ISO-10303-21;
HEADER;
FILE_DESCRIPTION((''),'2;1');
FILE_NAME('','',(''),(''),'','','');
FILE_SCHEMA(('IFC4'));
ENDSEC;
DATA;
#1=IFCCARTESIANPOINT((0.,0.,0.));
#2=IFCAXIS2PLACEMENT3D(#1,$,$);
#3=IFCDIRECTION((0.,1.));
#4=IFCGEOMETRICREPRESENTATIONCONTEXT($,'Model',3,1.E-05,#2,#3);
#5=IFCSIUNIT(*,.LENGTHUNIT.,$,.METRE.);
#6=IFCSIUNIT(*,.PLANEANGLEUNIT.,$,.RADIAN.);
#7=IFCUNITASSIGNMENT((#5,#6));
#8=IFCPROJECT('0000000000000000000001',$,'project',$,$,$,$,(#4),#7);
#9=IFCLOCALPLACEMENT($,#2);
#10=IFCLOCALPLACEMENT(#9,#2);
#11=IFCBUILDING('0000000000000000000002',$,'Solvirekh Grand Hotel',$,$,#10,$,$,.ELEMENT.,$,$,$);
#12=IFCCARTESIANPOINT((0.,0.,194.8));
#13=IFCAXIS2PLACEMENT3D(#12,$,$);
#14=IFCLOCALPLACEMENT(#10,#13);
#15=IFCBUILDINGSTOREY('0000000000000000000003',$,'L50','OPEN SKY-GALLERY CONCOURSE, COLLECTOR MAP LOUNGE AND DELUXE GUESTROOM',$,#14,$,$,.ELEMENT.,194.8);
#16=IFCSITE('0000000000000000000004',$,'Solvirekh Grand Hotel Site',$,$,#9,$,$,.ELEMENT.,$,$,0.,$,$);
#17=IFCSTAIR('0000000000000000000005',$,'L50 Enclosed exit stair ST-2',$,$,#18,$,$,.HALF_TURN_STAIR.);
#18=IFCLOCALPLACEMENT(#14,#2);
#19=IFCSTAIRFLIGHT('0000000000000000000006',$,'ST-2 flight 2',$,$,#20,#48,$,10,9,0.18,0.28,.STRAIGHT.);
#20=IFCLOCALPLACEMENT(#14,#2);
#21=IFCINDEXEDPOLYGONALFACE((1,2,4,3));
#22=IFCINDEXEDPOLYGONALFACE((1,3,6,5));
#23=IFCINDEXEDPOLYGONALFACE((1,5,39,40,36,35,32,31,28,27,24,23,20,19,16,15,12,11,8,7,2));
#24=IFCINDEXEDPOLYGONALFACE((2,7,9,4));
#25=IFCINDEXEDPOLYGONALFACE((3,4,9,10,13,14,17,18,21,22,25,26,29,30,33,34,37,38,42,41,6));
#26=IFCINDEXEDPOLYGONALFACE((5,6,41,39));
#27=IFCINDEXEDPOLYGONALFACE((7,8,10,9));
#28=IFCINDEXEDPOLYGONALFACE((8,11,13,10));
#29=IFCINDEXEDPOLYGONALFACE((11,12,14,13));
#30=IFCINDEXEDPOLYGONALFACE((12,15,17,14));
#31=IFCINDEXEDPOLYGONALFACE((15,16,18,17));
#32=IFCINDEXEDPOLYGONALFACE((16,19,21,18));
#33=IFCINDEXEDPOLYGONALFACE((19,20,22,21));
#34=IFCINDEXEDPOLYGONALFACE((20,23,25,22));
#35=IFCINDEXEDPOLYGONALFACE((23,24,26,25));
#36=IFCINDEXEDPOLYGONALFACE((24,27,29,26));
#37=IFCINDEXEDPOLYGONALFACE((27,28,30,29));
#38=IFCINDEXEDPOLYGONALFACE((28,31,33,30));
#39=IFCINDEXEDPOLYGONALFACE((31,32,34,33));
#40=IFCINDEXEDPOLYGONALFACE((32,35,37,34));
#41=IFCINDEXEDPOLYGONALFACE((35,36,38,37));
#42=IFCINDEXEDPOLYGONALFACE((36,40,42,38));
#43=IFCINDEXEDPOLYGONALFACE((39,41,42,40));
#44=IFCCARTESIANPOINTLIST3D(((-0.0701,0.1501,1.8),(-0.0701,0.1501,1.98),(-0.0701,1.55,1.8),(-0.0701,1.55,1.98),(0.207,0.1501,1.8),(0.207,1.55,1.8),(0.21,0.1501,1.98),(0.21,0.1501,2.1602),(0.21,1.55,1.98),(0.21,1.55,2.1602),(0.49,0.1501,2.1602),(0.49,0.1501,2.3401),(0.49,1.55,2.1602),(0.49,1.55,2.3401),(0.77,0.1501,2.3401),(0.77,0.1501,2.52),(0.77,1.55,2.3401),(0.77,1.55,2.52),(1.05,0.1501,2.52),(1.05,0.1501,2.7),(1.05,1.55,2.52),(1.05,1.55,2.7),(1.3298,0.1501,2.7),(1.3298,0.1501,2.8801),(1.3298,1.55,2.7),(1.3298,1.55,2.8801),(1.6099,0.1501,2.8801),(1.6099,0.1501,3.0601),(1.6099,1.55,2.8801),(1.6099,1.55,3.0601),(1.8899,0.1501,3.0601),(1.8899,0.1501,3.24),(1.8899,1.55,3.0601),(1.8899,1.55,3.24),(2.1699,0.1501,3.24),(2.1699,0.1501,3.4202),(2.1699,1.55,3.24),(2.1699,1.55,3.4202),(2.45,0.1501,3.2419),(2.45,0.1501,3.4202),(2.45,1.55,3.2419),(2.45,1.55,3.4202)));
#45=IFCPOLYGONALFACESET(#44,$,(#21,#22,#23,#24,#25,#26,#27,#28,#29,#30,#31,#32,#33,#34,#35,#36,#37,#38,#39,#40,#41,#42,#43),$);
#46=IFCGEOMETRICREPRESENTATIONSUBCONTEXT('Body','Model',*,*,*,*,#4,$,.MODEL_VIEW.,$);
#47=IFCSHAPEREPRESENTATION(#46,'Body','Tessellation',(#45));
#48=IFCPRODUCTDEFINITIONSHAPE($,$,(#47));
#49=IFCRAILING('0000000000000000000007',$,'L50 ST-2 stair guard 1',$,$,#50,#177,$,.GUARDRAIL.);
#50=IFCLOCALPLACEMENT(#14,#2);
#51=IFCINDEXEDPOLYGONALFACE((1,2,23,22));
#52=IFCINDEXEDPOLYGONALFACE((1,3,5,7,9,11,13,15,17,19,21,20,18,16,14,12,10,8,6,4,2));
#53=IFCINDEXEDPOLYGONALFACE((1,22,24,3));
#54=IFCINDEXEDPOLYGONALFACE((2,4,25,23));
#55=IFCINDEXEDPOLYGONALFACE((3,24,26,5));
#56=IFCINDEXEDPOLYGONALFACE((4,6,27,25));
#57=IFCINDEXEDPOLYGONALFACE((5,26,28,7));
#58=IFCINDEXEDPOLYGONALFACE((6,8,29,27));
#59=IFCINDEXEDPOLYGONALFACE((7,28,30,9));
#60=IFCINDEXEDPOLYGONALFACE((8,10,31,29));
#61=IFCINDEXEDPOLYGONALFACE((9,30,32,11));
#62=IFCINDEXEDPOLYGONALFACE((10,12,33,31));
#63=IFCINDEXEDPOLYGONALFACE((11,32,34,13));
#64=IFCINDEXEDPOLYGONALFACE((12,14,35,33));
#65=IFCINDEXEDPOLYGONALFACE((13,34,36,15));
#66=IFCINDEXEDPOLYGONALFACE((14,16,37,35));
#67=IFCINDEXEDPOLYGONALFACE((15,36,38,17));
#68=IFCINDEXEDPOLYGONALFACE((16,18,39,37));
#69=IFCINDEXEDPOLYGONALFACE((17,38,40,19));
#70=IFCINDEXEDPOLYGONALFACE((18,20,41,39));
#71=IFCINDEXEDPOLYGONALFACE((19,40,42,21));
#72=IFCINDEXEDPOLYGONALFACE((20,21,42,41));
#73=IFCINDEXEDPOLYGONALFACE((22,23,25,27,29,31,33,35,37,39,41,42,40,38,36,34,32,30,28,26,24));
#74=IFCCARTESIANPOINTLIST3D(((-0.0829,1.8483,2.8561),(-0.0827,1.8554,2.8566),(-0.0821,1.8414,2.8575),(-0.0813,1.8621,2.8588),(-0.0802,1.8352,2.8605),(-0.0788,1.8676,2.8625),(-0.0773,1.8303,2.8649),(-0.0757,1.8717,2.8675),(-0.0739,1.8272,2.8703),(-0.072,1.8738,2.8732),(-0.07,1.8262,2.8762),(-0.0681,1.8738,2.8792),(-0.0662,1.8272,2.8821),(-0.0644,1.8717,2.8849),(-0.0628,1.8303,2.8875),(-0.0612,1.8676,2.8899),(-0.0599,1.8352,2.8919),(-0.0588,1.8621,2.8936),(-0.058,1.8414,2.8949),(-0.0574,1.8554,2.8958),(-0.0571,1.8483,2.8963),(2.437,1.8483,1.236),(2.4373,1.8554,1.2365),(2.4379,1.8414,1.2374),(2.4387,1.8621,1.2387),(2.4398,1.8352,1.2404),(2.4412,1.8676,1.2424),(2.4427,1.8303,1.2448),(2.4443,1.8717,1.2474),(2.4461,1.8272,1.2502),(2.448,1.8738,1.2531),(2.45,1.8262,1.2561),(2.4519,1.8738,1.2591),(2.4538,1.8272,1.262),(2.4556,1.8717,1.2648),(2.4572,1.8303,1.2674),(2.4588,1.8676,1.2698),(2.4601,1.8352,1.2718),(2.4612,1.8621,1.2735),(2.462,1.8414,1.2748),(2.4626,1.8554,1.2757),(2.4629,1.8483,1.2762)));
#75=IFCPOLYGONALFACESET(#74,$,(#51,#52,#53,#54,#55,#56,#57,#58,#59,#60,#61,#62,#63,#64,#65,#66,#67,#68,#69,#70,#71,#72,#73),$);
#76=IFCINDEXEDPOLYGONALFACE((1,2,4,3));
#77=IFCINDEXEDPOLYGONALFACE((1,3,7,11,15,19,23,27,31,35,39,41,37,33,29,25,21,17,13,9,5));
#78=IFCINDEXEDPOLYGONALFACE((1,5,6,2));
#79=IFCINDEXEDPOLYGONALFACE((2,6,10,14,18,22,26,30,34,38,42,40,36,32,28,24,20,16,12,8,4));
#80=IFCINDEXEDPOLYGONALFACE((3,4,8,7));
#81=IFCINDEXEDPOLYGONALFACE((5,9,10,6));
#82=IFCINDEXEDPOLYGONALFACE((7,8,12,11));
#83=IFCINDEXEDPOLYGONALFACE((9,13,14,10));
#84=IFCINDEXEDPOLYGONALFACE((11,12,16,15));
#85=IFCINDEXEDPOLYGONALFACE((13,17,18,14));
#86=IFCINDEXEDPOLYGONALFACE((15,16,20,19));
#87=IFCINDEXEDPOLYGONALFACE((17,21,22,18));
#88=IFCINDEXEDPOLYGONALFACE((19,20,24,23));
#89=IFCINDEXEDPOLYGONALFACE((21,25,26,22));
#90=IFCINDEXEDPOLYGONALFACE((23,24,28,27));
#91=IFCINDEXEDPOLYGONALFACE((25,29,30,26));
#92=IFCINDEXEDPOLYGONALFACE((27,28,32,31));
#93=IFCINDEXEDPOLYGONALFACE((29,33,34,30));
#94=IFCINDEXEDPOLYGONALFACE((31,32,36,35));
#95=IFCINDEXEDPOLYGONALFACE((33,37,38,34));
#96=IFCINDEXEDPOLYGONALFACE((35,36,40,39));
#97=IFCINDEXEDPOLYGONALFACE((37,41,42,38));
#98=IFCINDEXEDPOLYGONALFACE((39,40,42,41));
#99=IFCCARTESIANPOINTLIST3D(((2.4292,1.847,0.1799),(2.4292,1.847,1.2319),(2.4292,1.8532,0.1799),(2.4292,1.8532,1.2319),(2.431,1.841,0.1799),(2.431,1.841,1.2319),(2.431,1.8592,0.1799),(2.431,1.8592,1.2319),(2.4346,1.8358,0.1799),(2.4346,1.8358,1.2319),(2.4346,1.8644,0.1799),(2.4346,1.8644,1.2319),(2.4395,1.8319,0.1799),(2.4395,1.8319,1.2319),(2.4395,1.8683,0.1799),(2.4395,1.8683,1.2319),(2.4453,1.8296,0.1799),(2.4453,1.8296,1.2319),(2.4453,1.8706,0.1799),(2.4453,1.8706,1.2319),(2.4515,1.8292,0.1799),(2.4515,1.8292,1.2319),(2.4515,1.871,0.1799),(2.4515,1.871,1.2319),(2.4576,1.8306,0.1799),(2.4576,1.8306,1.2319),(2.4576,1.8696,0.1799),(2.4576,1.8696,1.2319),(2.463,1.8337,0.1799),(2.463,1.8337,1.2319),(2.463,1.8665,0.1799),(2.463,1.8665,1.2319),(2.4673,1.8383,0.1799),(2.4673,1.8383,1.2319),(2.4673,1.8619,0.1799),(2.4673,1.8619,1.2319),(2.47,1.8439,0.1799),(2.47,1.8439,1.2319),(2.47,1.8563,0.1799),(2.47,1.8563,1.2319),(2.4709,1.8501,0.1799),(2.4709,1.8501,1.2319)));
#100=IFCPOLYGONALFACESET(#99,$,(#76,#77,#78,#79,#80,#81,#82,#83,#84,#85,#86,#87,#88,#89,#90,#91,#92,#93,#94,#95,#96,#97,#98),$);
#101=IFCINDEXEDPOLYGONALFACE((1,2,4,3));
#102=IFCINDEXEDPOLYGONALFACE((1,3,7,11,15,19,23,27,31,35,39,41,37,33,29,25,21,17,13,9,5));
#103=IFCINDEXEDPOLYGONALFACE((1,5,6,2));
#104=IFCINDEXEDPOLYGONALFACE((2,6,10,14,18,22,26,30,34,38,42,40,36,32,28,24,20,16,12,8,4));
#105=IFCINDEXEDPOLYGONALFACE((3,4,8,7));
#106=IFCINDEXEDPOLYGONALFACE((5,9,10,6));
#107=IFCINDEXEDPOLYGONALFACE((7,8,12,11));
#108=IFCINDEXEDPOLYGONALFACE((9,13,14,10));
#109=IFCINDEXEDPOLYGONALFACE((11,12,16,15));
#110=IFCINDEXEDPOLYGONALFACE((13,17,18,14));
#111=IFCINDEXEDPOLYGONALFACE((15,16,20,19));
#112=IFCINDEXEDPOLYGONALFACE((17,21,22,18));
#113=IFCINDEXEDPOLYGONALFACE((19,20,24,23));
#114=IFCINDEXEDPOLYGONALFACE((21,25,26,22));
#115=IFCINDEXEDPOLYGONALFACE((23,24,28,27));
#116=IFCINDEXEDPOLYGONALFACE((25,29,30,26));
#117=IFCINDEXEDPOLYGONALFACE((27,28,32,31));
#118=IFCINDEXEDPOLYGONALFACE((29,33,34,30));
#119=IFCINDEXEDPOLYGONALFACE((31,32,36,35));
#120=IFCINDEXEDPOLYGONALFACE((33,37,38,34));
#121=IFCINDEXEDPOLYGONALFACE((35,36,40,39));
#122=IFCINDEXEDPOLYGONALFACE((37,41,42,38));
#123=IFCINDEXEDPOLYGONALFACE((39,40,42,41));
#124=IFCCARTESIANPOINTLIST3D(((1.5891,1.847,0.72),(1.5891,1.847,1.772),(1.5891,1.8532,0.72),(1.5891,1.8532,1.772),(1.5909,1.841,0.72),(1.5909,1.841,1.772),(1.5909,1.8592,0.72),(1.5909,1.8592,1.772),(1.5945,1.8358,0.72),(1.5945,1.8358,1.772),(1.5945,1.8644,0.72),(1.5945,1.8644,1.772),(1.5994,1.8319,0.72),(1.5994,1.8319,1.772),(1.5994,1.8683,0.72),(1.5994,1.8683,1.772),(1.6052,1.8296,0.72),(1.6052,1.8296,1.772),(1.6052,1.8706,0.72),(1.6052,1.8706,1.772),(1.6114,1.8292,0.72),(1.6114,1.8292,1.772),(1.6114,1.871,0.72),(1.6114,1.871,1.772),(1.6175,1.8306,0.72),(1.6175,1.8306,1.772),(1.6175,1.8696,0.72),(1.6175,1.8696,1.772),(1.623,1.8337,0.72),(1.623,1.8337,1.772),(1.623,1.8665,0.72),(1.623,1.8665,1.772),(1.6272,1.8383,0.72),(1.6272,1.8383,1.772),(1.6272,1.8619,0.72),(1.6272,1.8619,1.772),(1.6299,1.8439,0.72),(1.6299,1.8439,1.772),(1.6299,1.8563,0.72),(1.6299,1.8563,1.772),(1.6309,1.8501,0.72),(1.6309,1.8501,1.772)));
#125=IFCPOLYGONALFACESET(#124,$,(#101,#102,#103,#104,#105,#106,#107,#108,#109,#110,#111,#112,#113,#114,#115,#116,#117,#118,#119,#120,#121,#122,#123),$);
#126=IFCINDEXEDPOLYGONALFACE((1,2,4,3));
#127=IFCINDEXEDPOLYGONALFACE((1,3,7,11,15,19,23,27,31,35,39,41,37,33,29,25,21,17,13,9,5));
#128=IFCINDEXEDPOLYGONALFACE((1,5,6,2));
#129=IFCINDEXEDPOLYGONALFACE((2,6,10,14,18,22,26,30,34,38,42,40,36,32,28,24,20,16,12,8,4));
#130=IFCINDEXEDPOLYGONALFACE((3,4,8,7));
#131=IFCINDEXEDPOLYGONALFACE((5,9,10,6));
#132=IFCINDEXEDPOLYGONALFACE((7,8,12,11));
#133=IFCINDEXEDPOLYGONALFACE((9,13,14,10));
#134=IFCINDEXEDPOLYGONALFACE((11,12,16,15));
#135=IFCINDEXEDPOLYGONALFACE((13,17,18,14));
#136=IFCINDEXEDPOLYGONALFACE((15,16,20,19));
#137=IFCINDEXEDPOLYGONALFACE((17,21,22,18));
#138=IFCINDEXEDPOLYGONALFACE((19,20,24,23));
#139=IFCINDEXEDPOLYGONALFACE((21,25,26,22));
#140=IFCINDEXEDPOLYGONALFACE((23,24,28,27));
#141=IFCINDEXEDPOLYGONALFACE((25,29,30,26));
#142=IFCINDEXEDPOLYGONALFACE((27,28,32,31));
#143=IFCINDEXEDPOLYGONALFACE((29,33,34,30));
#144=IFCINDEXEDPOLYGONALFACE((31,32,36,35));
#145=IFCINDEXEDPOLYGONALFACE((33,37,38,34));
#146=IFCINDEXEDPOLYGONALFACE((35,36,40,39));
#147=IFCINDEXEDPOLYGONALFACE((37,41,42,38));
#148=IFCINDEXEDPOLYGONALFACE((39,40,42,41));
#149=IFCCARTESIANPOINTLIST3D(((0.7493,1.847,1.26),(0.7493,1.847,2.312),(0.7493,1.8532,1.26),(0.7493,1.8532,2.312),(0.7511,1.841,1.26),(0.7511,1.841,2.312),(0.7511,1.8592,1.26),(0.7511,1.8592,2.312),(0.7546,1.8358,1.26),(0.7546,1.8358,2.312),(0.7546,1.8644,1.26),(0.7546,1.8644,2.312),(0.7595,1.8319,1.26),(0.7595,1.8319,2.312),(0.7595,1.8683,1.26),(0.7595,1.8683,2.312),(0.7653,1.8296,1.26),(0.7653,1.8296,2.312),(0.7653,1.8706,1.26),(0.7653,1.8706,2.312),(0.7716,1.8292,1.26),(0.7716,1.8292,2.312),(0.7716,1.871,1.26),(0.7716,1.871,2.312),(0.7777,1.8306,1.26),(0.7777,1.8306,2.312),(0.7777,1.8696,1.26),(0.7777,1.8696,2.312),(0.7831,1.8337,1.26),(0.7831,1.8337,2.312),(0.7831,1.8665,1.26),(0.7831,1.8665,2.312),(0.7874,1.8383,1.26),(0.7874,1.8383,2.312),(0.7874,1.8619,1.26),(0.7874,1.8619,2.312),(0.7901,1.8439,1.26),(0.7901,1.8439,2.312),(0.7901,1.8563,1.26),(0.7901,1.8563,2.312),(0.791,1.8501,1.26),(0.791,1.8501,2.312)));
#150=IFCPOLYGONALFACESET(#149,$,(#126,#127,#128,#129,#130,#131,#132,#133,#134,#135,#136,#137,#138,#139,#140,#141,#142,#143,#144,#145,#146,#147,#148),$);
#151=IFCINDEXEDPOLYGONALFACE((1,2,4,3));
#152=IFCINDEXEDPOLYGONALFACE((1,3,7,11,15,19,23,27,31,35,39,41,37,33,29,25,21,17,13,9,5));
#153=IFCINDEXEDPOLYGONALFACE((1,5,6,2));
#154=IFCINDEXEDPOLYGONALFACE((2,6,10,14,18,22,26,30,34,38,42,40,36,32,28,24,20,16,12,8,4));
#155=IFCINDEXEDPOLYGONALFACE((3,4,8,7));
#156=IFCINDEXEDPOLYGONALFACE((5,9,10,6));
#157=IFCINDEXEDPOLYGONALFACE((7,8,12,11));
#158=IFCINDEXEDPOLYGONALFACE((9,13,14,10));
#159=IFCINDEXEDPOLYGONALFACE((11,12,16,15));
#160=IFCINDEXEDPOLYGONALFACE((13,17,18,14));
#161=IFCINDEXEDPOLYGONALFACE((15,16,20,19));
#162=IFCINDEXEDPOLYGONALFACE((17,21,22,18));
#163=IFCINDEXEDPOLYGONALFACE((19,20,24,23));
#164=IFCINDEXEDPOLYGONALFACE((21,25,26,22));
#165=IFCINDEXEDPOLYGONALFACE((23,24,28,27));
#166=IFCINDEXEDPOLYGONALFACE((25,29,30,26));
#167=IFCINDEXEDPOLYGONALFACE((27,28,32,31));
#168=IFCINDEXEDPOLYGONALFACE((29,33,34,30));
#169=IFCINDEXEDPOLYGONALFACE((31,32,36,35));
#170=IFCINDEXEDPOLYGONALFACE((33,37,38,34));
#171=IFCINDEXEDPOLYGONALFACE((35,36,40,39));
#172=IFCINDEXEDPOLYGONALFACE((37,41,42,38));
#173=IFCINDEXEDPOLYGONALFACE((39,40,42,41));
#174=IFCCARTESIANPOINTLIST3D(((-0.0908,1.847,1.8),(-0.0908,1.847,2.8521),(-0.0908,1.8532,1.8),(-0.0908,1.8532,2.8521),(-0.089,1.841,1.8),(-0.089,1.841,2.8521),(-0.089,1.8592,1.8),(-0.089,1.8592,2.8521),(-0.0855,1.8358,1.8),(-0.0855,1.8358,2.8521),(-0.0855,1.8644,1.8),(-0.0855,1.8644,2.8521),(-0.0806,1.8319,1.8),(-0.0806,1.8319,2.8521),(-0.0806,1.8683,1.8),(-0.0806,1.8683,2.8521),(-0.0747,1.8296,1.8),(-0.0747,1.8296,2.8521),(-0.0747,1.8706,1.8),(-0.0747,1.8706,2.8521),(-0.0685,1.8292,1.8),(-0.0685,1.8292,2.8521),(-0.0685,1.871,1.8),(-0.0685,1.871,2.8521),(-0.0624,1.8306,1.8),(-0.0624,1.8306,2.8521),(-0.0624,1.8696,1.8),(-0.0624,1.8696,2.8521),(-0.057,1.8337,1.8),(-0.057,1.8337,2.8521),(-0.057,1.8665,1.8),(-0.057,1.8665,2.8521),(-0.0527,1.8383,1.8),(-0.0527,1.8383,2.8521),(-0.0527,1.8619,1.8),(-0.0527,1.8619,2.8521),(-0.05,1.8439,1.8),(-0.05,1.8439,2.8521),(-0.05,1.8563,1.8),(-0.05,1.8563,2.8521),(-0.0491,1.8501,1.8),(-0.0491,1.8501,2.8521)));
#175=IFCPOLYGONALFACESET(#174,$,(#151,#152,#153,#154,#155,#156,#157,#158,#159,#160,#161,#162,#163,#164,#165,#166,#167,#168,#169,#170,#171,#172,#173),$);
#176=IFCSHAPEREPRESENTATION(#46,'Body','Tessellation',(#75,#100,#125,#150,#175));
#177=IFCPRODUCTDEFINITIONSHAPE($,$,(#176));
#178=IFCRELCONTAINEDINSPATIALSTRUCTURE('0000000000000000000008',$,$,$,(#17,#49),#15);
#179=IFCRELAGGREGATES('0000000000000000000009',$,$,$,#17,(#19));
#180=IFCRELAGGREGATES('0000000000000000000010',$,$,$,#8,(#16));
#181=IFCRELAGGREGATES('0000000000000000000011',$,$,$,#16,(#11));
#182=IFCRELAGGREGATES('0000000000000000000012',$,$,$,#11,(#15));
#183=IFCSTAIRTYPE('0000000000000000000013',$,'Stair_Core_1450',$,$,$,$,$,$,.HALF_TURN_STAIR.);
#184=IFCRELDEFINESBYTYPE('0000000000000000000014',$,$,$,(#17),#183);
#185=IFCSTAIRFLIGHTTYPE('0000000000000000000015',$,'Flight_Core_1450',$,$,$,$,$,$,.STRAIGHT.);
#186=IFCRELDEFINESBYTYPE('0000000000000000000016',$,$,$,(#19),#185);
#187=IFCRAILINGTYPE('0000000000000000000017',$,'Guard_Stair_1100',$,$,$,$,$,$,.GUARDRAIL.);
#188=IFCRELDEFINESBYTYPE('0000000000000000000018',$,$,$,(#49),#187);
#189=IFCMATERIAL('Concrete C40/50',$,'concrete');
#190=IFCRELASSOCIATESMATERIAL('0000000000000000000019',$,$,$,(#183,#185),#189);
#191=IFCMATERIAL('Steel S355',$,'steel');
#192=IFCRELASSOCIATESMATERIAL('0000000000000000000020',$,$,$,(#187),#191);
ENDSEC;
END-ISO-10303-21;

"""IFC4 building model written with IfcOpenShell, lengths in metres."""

from ifc_helpers import new_model, si_unit, direction, frame, origin, origin_2d, place, context, subcontext, project, spatial, polyline, circle, outline, extrude, material, type_object, element, aggregate, save


model = new_model("IFC4")

# Units and contexts
model_context = context("Model", 3, precision=1e-05, world=origin(), true_north=direction((0.0, 1.0)))
body_context = subcontext(model_context, "Body", "Model", "MODEL_VIEW")
ifc_project = project(units=[si_unit("LENGTHUNIT", "METRE"), si_unit("PLANEANGLEUNIT", "RADIAN")], contexts=[model_context])

# Site, building, storey
site_placement = place(None, origin())
site = spatial("IfcSite", under=ifc_project, at=site_placement, Name="Solvirekh Grand Hotel Site", CompositionType="ELEMENT", RefElevation=0.0)
building_placement = place(site_placement, origin())
building = spatial("IfcBuilding", under=site, at=building_placement, Name="Solvirekh Grand Hotel", CompositionType="ELEMENT")
storey_placement = place(building_placement, frame((0.0, 0.0, 194.8)))
storey = spatial("IfcBuildingStorey", under=building, at=storey_placement, Name="L50", Description="OPEN SKY-GALLERY CONCOURSE, COLLECTOR MAP LOUNGE AND DELUXE GUESTROOM", CompositionType="ELEMENT", Elevation=194.8)

# Shared definitions
ifc_material_1 = material(Name="Steel S355", Category="steel")

# Shared definitions
ifc_material_2 = material(Name="Concrete C40/50", Category="concrete")

# Stair, stair flight
stair_type = type_object("IfcStairType", Name="Stair_Core_1450", PredefinedType="HALF_TURN_STAIR", material=ifc_material_2)
stair_placement = place(storey_placement, origin())
stair = element("IfcStair", 1, at=stair_placement, inside=storey, type_object=stair_type, Name="L50 Enclosed exit stair ST-2", PredefinedType="HALF_TURN_STAIR")
stair_flight_type = type_object("IfcStairFlightType", Name="Flight_Core_1450", PredefinedType="STRAIGHT", material=ifc_material_2)
stair_flight_1_placement = place(storey_placement, frame((-0.0701, 0.8501, 1.8), z_axis=(0.0, 0.0, 1.0), x_axis=(1.0, 0.0, 0.0)))
stair_flight_1 = element("IfcStairFlight", 2, at=stair_flight_1_placement, type_object=stair_flight_type, Name="ST-2 flight 2", NumberOfRisers=10, NumberOfTreads=9, PredefinedType="STRAIGHT", RiserHeight=0.18, TreadLength=0.28, context=body_context, shape_type="SweptSolid", body=[
    extrude(outline(polyline([(0.0, 0.0), (0.0, 0.1799), (0.28, 0.1799), (0.28, 0.3601), (0.5601, 0.3601), (0.5601, 0.54), (0.8401, 0.54), (0.8401, 0.72), (1.1201, 0.72), (1.1201, 0.8999), (1.3999, 0.8999), (1.3999, 1.0801), (1.6799, 1.0801), (1.6799, 1.26), (1.96, 1.26), (1.96, 1.4399), (2.24, 1.4399), (2.24, 1.6201), (2.52, 1.6201), (2.52, 1.8), (2.52, 1.4419), (0.2771, 0.0), (0.0, 0.0)])), frame((0.0, 0.7, 0.0), z_axis=(0.0, -1.0, 0.0), x_axis=(1.0, 0.0, 0.0)), (0.0, 0.0, 1.0), 1.3999),
])
aggregate(stair, [stair_flight_1])

# Railing
railing_type_1 = type_object("IfcRailingType", Name="Guard_Stair_1100", PredefinedType="GUARDRAIL", material=ifc_material_1)
railing_1_placement = place(storey_placement, frame((2.45, 1.8501, 0.1799)))
element("IfcRailing", 3, at=railing_1_placement, inside=storey, type_object=railing_type_1, Name="L50 ST-2 stair guard 1", PredefinedType="GUARDRAIL", context=body_context, shape_type="SweptSolid", body=[
    extrude(circle(Radius=0.0239, at=origin_2d()), frame((0.0, 0.0, 1.0762), z_axis=(-0.841163, 0.0, 0.540782), x_axis=(0.0, -1.0, 0.0)), (0.0, 0.0, 1.0), 2.9958),
    extrude(circle(Radius=0.021, at=origin_2d()), origin(), (0.0, 0.0, 1.0), 1.052),
    extrude(circle(Radius=0.021, at=origin_2d()), frame((-0.8401, 0.0, 0.54)), (0.0, 0.0, 1.0), 1.052),
    extrude(circle(Radius=0.021, at=origin_2d()), frame((-1.6799, 0.0, 1.0801)), (0.0, 0.0, 1.0), 1.052),
    extrude(circle(Radius=0.021, at=origin_2d()), frame((-2.52, 0.0, 1.6201)), (0.0, 0.0, 1.0), 1.052),
])

save(model, "model.ifc")
